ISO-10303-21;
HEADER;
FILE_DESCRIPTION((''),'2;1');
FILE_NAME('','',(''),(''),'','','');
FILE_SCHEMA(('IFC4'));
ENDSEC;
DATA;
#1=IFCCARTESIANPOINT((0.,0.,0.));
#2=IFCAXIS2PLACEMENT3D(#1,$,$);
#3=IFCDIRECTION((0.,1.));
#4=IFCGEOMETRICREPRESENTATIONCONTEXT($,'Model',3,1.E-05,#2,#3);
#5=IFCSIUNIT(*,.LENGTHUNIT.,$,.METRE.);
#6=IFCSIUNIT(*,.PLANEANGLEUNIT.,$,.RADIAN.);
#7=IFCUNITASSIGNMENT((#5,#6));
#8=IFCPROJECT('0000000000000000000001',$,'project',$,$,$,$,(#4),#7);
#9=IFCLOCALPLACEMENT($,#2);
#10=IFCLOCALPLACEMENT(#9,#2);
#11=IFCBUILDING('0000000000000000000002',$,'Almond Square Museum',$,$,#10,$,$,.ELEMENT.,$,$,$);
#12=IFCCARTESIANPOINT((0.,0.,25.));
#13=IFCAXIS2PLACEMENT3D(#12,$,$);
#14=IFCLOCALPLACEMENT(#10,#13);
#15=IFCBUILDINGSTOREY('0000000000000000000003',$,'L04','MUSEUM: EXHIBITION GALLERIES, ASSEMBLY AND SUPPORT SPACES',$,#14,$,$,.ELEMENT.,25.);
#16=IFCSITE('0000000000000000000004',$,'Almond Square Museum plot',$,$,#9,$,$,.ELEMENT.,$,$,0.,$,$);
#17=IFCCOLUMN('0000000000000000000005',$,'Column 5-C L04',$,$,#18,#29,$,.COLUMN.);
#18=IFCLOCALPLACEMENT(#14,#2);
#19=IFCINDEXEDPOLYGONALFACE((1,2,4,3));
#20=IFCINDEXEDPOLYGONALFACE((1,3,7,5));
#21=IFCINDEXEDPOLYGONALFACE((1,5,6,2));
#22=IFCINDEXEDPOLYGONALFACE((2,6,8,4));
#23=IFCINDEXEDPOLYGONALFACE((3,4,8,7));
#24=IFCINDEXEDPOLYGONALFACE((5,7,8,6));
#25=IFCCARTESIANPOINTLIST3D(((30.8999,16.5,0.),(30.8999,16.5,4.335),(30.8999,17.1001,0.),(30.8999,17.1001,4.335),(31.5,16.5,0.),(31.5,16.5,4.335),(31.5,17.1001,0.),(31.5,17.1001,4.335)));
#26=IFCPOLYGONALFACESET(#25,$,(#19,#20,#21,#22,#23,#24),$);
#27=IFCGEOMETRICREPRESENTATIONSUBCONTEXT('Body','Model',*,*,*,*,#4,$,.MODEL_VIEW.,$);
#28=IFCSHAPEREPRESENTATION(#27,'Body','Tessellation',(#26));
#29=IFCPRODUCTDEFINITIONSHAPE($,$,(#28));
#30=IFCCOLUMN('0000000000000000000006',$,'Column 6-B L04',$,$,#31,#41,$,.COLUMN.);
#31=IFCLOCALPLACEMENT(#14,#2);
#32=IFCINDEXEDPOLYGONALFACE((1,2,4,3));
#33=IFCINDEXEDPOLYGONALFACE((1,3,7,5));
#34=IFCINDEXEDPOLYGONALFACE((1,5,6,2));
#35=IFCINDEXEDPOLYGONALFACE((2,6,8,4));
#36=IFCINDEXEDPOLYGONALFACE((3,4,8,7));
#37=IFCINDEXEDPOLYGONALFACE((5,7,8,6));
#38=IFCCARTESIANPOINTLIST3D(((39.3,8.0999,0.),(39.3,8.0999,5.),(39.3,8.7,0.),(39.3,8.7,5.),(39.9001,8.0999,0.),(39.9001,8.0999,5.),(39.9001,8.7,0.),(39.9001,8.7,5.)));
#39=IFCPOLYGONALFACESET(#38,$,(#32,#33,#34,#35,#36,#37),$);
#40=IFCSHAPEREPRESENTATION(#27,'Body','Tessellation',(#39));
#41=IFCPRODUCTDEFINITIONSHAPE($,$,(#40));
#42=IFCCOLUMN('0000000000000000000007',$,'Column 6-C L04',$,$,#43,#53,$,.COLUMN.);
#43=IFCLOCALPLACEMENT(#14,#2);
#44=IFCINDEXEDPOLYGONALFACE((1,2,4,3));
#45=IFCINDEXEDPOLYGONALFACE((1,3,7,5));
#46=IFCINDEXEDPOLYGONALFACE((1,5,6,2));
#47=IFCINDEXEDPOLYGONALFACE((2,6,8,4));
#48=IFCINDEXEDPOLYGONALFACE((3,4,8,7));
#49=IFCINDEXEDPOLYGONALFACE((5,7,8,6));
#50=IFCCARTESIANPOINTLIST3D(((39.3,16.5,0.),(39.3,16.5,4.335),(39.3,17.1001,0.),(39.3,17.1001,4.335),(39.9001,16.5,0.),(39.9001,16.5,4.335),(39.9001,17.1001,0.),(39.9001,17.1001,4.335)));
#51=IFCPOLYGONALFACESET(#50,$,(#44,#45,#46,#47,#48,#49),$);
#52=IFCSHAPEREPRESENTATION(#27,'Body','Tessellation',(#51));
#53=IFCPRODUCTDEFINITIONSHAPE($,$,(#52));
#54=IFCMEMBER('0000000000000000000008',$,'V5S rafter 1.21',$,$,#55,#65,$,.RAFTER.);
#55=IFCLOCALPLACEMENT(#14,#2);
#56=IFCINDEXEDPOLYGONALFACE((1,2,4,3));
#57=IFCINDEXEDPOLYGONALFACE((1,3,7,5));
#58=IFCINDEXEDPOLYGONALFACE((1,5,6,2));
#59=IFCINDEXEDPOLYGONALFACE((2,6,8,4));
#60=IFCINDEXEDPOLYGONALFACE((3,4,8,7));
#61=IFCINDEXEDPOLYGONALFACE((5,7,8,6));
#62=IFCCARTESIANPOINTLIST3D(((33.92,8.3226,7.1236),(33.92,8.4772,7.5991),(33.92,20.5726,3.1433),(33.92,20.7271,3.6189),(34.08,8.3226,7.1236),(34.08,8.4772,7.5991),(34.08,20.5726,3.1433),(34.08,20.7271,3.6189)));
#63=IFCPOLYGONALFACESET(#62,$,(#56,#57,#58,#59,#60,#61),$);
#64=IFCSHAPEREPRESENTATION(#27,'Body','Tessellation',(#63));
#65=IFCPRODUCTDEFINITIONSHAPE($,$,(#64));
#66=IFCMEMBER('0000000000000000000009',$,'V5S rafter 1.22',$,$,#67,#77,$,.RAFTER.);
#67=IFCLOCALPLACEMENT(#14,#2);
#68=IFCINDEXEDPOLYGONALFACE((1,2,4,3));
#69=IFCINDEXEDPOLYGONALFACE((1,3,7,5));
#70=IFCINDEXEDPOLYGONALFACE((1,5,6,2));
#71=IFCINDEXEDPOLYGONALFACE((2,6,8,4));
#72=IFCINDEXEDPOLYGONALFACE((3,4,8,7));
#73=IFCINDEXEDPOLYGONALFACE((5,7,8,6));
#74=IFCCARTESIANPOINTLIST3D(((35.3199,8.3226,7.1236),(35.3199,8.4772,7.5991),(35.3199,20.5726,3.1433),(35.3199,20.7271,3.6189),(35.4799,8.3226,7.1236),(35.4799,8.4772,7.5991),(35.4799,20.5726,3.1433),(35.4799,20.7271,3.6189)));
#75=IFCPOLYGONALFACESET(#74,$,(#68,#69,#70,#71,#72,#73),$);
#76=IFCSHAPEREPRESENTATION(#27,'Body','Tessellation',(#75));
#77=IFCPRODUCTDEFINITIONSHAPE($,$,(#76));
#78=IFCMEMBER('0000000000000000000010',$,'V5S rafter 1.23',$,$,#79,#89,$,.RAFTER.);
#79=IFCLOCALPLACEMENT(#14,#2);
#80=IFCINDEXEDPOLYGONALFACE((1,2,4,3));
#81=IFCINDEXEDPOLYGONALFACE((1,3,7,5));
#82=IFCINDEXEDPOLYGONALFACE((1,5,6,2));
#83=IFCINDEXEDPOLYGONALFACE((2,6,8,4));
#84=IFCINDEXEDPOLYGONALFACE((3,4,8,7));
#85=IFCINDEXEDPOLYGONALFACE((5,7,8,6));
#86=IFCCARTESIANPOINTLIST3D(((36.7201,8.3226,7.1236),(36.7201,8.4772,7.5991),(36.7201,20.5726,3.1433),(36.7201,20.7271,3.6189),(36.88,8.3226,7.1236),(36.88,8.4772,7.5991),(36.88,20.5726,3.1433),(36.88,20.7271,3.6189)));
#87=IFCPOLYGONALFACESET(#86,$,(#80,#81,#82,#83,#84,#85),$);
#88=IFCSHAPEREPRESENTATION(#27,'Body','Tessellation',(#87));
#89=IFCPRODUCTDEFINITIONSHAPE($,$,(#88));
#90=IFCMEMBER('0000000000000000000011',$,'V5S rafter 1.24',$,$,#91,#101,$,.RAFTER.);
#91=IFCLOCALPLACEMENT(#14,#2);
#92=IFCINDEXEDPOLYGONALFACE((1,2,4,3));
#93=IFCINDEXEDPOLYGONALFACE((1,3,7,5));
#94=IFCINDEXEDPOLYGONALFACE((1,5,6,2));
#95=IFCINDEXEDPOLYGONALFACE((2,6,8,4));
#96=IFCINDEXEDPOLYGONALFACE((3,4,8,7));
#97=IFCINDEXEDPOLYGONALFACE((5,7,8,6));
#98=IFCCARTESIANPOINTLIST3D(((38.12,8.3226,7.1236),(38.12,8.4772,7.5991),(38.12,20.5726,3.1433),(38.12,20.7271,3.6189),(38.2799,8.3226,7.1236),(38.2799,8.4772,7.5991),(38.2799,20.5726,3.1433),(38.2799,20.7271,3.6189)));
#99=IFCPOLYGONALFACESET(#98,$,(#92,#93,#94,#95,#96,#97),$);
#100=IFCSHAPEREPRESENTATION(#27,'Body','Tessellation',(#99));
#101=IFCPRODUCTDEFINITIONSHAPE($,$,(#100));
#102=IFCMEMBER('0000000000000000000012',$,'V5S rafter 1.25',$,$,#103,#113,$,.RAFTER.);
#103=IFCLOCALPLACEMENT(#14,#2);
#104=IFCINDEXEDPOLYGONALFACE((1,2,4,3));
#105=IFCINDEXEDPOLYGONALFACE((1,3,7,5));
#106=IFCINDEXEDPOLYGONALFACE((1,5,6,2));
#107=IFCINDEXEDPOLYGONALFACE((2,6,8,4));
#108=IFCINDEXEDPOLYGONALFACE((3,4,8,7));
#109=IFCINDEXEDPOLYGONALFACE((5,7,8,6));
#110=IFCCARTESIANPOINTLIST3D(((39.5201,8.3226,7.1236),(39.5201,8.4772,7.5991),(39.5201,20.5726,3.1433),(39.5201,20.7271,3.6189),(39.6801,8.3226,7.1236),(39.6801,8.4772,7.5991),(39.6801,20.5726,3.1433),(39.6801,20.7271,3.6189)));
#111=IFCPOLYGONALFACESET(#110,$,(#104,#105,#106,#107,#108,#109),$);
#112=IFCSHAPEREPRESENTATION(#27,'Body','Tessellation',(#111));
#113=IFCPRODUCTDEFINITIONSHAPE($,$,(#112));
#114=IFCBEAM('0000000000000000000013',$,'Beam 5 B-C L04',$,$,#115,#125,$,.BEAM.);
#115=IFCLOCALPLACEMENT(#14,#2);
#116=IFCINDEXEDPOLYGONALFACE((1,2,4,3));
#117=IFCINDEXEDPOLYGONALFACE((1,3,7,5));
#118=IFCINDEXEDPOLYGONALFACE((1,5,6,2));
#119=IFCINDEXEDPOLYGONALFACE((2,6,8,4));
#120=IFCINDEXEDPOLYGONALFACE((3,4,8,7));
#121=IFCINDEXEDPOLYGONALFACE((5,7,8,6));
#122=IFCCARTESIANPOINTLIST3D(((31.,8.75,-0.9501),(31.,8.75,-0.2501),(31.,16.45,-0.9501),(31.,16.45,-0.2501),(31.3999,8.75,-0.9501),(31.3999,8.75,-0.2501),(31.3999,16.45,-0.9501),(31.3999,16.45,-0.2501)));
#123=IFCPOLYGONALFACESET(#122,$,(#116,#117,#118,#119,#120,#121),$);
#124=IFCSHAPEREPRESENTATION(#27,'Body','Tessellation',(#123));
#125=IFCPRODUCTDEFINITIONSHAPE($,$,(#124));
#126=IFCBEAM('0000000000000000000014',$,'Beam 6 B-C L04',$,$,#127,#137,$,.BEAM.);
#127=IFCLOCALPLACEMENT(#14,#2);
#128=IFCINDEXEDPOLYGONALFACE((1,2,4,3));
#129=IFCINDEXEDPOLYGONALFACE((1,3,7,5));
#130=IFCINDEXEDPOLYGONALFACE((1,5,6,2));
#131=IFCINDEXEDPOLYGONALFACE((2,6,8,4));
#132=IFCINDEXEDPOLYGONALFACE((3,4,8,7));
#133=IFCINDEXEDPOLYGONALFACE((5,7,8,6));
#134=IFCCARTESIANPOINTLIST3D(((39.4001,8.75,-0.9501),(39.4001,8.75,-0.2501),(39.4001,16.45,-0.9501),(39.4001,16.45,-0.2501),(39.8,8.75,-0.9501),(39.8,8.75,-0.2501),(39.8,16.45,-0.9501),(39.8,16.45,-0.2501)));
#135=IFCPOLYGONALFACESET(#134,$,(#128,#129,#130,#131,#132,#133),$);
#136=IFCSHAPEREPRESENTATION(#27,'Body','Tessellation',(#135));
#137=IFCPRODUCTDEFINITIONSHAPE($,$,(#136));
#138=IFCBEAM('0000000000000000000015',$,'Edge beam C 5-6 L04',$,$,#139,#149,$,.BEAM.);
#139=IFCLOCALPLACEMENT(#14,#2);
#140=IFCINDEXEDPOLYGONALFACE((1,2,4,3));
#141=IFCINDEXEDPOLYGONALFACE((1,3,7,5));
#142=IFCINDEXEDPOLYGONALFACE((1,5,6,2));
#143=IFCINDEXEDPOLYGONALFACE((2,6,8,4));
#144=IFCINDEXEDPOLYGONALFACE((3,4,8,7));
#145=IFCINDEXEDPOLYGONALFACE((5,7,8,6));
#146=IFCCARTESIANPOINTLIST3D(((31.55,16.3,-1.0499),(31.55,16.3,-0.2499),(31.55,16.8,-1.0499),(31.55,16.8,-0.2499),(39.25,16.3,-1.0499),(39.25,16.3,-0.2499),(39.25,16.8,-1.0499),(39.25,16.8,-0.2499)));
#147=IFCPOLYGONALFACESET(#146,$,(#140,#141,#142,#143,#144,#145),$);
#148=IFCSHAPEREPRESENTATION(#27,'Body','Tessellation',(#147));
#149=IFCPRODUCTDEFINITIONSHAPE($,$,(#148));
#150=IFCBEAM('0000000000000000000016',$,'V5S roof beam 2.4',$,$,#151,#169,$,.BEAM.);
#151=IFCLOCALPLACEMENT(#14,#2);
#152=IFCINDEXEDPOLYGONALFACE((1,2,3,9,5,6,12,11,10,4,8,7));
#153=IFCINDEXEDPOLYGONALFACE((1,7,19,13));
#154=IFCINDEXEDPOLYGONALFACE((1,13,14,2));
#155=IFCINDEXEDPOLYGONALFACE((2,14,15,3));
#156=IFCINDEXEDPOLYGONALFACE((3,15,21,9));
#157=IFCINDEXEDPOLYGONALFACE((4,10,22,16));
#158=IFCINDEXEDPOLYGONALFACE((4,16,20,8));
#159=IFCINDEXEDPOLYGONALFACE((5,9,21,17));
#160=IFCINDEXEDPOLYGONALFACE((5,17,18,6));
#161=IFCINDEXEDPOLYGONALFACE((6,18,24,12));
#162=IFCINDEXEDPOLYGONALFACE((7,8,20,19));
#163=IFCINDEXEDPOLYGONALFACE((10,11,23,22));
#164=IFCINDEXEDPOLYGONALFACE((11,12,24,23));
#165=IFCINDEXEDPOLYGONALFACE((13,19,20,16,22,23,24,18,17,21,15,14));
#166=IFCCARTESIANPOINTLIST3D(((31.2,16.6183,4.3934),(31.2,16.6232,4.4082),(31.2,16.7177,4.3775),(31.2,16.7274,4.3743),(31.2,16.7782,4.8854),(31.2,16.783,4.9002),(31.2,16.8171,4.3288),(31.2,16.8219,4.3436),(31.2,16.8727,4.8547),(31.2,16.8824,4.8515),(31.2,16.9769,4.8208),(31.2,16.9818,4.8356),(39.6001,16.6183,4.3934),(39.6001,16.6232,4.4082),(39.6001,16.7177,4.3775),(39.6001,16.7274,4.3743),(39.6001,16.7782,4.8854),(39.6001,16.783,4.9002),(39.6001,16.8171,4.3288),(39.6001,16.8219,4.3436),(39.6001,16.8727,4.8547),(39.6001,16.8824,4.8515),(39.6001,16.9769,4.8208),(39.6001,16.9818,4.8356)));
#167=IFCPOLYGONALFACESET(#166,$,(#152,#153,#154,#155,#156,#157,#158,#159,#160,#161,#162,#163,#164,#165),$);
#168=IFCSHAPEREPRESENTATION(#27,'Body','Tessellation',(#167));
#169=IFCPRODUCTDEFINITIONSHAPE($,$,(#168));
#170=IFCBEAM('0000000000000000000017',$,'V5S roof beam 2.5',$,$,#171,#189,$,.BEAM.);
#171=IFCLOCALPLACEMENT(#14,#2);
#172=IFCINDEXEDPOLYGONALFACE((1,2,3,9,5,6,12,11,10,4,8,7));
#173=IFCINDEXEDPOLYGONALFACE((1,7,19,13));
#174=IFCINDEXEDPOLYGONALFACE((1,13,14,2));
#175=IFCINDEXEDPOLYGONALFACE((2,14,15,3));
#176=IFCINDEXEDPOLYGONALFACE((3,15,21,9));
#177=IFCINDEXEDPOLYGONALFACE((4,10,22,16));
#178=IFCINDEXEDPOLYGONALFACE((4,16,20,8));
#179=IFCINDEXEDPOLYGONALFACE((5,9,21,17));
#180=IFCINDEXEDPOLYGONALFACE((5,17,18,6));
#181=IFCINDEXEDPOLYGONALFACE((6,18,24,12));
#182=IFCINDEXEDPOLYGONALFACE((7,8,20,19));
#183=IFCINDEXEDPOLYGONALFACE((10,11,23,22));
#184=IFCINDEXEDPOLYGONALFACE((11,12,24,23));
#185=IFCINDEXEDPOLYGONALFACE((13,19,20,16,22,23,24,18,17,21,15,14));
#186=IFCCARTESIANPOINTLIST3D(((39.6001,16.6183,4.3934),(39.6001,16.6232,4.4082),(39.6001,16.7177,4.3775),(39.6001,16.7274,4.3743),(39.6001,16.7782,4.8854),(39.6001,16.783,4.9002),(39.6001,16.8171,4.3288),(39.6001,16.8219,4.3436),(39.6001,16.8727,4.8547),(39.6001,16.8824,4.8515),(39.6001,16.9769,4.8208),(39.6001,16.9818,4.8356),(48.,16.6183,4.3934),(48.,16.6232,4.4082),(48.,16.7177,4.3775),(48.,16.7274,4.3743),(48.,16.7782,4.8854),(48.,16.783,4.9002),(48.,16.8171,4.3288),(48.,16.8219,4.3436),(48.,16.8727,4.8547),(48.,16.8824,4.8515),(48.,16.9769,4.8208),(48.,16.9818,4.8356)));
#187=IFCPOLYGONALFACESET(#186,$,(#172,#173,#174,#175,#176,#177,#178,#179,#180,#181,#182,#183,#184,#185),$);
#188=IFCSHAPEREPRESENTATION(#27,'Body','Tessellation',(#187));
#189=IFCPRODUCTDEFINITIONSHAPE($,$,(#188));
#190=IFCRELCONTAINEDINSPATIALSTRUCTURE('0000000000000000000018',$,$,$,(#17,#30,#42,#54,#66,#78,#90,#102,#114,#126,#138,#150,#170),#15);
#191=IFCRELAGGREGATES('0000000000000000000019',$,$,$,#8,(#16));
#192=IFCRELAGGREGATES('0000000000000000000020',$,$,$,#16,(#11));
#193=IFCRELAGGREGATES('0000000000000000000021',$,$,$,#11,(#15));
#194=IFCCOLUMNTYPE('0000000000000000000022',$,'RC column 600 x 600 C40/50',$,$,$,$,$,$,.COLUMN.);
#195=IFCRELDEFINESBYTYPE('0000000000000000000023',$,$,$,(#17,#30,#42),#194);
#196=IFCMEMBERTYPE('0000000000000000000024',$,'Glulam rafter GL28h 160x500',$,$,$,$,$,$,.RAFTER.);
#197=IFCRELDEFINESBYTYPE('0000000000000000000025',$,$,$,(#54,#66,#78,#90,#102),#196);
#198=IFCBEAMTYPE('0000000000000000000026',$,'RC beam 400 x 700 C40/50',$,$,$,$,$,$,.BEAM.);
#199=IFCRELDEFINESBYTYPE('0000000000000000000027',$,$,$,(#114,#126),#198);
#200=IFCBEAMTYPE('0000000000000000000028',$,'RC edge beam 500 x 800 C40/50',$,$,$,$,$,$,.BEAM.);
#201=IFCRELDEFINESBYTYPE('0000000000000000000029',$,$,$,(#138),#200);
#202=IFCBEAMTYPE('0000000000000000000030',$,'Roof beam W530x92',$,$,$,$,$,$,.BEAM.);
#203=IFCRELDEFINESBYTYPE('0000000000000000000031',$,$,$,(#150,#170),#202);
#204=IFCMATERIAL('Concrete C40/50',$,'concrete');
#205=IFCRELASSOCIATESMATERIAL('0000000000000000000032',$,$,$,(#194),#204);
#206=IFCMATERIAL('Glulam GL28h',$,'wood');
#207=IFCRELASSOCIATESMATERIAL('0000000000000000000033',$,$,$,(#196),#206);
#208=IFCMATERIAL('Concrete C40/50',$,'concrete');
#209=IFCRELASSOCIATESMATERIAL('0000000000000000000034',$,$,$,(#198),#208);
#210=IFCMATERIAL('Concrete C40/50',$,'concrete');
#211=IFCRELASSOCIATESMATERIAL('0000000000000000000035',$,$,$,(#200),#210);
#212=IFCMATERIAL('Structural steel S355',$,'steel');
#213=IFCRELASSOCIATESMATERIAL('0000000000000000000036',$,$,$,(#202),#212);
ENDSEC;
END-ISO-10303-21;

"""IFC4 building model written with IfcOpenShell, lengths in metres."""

from ifc_helpers import new_model, si_unit, direction, frame, origin, origin_2d, place, context, subcontext, project, spatial, rectangle, i_section, extrude, material, material_profile, profile_set, type_object, element, save


model = new_model("IFC4")

# Units and contexts
model_context = context("Model", 3, precision=1e-05, world=origin(), true_north=direction((0.0, 1.0)))
body_context = subcontext(model_context, "Body", "Model", "MODEL_VIEW")
ifc_project = project(units=[si_unit("LENGTHUNIT", "METRE"), si_unit("PLANEANGLEUNIT", "RADIAN")], contexts=[model_context])

# Site, building, storey
site_placement = place(None, origin())
site = spatial("IfcSite", under=ifc_project, at=site_placement, Name="Almond Square Museum plot", CompositionType="ELEMENT", RefElevation=0.0)
building_placement = place(site_placement, origin())
building = spatial("IfcBuilding", under=site, at=building_placement, Name="Almond Square Museum", CompositionType="ELEMENT")
storey_placement = place(building_placement, frame((0.0, 0.0, 25.0)))
storey = spatial("IfcBuildingStorey", under=building, at=storey_placement, Name="L04", Description="MUSEUM: EXHIBITION GALLERIES, ASSEMBLY AND SUPPORT SPACES", CompositionType="ELEMENT", Elevation=25.0)

# Columns
ifc_material_1 = material(Name="Concrete C40/50", Category="concrete")
ifc_material_profile_1 = material_profile(ifc_material_1, rectangle(XDim=0.6001, YDim=0.6001, at=origin_2d()))
ifc_profile_set_1 = profile_set([ifc_material_profile_1], Name="Concrete C40/50")
column_type = type_object("IfcColumnType", Name="RC column 600 x 600 C40/50", PredefinedType="COLUMN", material=ifc_profile_set_1)
column_1_placement = place(storey_placement, frame((31.2, 16.8, 0.0), z_axis=(0.0, 0.0, 1.0), x_axis=(1.0, 0.0, 0.0)))
element("IfcColumn", 1, at=column_1_placement, inside=storey, type_object=column_type, Name="Column 5-C L04", PredefinedType="COLUMN", context=body_context, shape_type="SweptSolid", body=[
    extrude(rectangle(XDim=0.6001, YDim=0.6001, at=origin_2d()), origin(), (0.0, 0.0, 1.0), 4.335),
])
column_2_placement = place(storey_placement, frame((39.6001, 8.3999, 0.0), z_axis=(0.0, 0.0, 1.0), x_axis=(1.0, 0.0, 0.0)))
element("IfcColumn", 2, at=column_2_placement, inside=storey, type_object=column_type, Name="Column 6-B L04", PredefinedType="COLUMN", context=body_context, shape_type="SweptSolid", body=[
    extrude(rectangle(XDim=0.6001, YDim=0.6001, at=origin_2d()), origin(), (0.0, 0.0, 1.0), 5.0),
])
column_3_placement = place(storey_placement, frame((39.6001, 16.8, 0.0), z_axis=(0.0, 0.0, 1.0), x_axis=(1.0, 0.0, 0.0)))
element("IfcColumn", 3, at=column_3_placement, inside=storey, type_object=column_type, Name="Column 6-C L04", PredefinedType="COLUMN", context=body_context, shape_type="SweptSolid", body=[
    extrude(rectangle(XDim=0.6001, YDim=0.6001, at=origin_2d()), origin(), (0.0, 0.0, 1.0), 4.335),
])

# Members
ifc_material_2 = material(Name="Glulam GL28h", Category="wood")
ifc_material_profile_2 = material_profile(ifc_material_2, rectangle(XDim=0.1599, YDim=0.5, at=origin_2d()))
ifc_profile_set_2 = profile_set([ifc_material_profile_2], Name="Glulam GL28h")
member_type = type_object("IfcMemberType", Name="Glulam rafter GL28h 160x500", PredefinedType="RAFTER", material=ifc_profile_set_2)
for number, where, z_axis, x_axis, name in (
    (4, (34.0, 8.3999, 7.3613), (0.0, 0.951057, -0.309014), (-1.0, 0.0, 0.0), "V5S rafter 1.21"),
    (5, (35.3999, 8.3999, 7.3613), (0.0, 0.951057, -0.309014), (-1.0, 0.0, 0.0), "V5S rafter 1.22"),
    (6, (36.8, 8.3999, 7.3613), (0.0, 0.951057, -0.309014), (-1.0, 0.0, 0.0), "V5S rafter 1.23"),
    (7, (38.2, 8.3999, 7.3613), (0.0, 0.951057, -0.309014), (-1.0, 0.0, 0.0), "V5S rafter 1.24"),
    (8, (39.6001, 8.3999, 7.3613), (0.0, 0.951057, -0.309014), (-1.0, 0.0, 0.0), "V5S rafter 1.25"),
):
    element("IfcMember", number, at=place(storey_placement, frame(where, z_axis=z_axis, x_axis=x_axis)), inside=storey, type_object=member_type, Name=name, PredefinedType="RAFTER", context=body_context, shape_type="SweptSolid", body=[
        extrude(rectangle(XDim=0.1599, YDim=0.5, at=origin_2d()), origin(), (0.0, 0.0, 1.0), 12.8804),
    ])

# Beams
ifc_material_3 = material(Name="Concrete C40/50", Category="concrete")
ifc_material_profile_3 = material_profile(ifc_material_3, rectangle(XDim=0.3999, YDim=0.7, at=origin_2d()))
ifc_profile_set_3 = profile_set([ifc_material_profile_3], Name="Concrete C40/50")
beam_type_1 = type_object("IfcBeamType", Name="RC beam 400 x 700 C40/50", PredefinedType="BEAM", material=ifc_profile_set_3)
for number, where, z_axis, x_axis, name in (
    (9, (31.2, 8.75, -0.6001), (0.0, 1.0, 0.0), (-1.0, 0.0, 0.0), "Beam 5 B-C L04"),
    (10, (39.6001, 8.75, -0.6001), (0.0, 1.0, 0.0), (-1.0, 0.0, 0.0), "Beam 6 B-C L04"),
):
    element("IfcBeam", number, at=place(storey_placement, frame(where, z_axis=z_axis, x_axis=x_axis)), inside=storey, type_object=beam_type_1, Name=name, PredefinedType="BEAM", context=body_context, shape_type="SweptSolid", body=[
        extrude(rectangle(XDim=0.3999, YDim=0.7, at=origin_2d()), origin(), (0.0, 0.0, 1.0), 7.7),
    ])
ifc_material_4 = material(Name="Concrete C40/50", Category="concrete")
ifc_material_profile_4 = material_profile(ifc_material_4, rectangle(XDim=0.5, YDim=0.8, at=origin_2d()))
ifc_profile_set_4 = profile_set([ifc_material_profile_4], Name="Concrete C40/50")
beam_type_2 = type_object("IfcBeamType", Name="RC edge beam 500 x 800 C40/50", PredefinedType="BEAM", material=ifc_profile_set_4)
beam_1_placement = place(storey_placement, frame((31.55, 16.55, -0.6499), z_axis=(1.0, 0.0, 0.0), x_axis=(0.0, 1.0, 0.0)))
element("IfcBeam", 11, at=beam_1_placement, inside=storey, type_object=beam_type_2, Name="Edge beam C 5-6 L04", PredefinedType="BEAM", context=body_context, shape_type="SweptSolid", body=[
    extrude(rectangle(XDim=0.5, YDim=0.8, at=origin_2d()), origin(), (0.0, 0.0, 1.0), 7.7),
])
ifc_material_5 = material(Name="Structural steel S355", Category="steel")
ifc_material_profile_5 = material_profile(ifc_material_5, i_section(OverallWidth=0.209, OverallDepth=0.533, WebThickness=0.0103, FlangeThickness=0.0156, at=origin_2d()))
ifc_profile_set_5 = profile_set([ifc_material_profile_5], Name="Structural steel S355")
beam_type_3 = type_object("IfcBeamType", Name="Roof beam W530x92", PredefinedType="BEAM", material=ifc_profile_set_5)
beam_2_placement = place(storey_placement, frame((31.2, 16.8, 4.6145), z_axis=(1.0, 0.0, 0.0), x_axis=(0.0, 0.951057, -0.309017)))
element("IfcBeam", 12, at=beam_2_placement, inside=storey, type_object=beam_type_3, Name="V5S roof beam 2.4", PredefinedType="BEAM", context=body_context, shape_type="SweptSolid", body=[
    extrude(i_section(OverallWidth=0.209, OverallDepth=0.533, WebThickness=0.0103, FlangeThickness=0.0156, at=origin_2d()), origin(), (0.0, 0.0, 1.0), 8.4001),
])
beam_3_placement = place(storey_placement, frame((39.6001, 16.8, 4.6145), z_axis=(1.0, 0.0, 0.0), x_axis=(0.0, 0.951057, -0.309017)))
element("IfcBeam", 13, at=beam_3_placement, inside=storey, type_object=beam_type_3, Name="V5S roof beam 2.5", PredefinedType="BEAM", context=body_context, shape_type="SweptSolid", body=[
    extrude(i_section(OverallWidth=0.209, OverallDepth=0.533, WebThickness=0.0103, FlangeThickness=0.0156, at=origin_2d()), origin(), (0.0, 0.0, 1.0), 8.3999),
])

save(model, "model.ifc")
